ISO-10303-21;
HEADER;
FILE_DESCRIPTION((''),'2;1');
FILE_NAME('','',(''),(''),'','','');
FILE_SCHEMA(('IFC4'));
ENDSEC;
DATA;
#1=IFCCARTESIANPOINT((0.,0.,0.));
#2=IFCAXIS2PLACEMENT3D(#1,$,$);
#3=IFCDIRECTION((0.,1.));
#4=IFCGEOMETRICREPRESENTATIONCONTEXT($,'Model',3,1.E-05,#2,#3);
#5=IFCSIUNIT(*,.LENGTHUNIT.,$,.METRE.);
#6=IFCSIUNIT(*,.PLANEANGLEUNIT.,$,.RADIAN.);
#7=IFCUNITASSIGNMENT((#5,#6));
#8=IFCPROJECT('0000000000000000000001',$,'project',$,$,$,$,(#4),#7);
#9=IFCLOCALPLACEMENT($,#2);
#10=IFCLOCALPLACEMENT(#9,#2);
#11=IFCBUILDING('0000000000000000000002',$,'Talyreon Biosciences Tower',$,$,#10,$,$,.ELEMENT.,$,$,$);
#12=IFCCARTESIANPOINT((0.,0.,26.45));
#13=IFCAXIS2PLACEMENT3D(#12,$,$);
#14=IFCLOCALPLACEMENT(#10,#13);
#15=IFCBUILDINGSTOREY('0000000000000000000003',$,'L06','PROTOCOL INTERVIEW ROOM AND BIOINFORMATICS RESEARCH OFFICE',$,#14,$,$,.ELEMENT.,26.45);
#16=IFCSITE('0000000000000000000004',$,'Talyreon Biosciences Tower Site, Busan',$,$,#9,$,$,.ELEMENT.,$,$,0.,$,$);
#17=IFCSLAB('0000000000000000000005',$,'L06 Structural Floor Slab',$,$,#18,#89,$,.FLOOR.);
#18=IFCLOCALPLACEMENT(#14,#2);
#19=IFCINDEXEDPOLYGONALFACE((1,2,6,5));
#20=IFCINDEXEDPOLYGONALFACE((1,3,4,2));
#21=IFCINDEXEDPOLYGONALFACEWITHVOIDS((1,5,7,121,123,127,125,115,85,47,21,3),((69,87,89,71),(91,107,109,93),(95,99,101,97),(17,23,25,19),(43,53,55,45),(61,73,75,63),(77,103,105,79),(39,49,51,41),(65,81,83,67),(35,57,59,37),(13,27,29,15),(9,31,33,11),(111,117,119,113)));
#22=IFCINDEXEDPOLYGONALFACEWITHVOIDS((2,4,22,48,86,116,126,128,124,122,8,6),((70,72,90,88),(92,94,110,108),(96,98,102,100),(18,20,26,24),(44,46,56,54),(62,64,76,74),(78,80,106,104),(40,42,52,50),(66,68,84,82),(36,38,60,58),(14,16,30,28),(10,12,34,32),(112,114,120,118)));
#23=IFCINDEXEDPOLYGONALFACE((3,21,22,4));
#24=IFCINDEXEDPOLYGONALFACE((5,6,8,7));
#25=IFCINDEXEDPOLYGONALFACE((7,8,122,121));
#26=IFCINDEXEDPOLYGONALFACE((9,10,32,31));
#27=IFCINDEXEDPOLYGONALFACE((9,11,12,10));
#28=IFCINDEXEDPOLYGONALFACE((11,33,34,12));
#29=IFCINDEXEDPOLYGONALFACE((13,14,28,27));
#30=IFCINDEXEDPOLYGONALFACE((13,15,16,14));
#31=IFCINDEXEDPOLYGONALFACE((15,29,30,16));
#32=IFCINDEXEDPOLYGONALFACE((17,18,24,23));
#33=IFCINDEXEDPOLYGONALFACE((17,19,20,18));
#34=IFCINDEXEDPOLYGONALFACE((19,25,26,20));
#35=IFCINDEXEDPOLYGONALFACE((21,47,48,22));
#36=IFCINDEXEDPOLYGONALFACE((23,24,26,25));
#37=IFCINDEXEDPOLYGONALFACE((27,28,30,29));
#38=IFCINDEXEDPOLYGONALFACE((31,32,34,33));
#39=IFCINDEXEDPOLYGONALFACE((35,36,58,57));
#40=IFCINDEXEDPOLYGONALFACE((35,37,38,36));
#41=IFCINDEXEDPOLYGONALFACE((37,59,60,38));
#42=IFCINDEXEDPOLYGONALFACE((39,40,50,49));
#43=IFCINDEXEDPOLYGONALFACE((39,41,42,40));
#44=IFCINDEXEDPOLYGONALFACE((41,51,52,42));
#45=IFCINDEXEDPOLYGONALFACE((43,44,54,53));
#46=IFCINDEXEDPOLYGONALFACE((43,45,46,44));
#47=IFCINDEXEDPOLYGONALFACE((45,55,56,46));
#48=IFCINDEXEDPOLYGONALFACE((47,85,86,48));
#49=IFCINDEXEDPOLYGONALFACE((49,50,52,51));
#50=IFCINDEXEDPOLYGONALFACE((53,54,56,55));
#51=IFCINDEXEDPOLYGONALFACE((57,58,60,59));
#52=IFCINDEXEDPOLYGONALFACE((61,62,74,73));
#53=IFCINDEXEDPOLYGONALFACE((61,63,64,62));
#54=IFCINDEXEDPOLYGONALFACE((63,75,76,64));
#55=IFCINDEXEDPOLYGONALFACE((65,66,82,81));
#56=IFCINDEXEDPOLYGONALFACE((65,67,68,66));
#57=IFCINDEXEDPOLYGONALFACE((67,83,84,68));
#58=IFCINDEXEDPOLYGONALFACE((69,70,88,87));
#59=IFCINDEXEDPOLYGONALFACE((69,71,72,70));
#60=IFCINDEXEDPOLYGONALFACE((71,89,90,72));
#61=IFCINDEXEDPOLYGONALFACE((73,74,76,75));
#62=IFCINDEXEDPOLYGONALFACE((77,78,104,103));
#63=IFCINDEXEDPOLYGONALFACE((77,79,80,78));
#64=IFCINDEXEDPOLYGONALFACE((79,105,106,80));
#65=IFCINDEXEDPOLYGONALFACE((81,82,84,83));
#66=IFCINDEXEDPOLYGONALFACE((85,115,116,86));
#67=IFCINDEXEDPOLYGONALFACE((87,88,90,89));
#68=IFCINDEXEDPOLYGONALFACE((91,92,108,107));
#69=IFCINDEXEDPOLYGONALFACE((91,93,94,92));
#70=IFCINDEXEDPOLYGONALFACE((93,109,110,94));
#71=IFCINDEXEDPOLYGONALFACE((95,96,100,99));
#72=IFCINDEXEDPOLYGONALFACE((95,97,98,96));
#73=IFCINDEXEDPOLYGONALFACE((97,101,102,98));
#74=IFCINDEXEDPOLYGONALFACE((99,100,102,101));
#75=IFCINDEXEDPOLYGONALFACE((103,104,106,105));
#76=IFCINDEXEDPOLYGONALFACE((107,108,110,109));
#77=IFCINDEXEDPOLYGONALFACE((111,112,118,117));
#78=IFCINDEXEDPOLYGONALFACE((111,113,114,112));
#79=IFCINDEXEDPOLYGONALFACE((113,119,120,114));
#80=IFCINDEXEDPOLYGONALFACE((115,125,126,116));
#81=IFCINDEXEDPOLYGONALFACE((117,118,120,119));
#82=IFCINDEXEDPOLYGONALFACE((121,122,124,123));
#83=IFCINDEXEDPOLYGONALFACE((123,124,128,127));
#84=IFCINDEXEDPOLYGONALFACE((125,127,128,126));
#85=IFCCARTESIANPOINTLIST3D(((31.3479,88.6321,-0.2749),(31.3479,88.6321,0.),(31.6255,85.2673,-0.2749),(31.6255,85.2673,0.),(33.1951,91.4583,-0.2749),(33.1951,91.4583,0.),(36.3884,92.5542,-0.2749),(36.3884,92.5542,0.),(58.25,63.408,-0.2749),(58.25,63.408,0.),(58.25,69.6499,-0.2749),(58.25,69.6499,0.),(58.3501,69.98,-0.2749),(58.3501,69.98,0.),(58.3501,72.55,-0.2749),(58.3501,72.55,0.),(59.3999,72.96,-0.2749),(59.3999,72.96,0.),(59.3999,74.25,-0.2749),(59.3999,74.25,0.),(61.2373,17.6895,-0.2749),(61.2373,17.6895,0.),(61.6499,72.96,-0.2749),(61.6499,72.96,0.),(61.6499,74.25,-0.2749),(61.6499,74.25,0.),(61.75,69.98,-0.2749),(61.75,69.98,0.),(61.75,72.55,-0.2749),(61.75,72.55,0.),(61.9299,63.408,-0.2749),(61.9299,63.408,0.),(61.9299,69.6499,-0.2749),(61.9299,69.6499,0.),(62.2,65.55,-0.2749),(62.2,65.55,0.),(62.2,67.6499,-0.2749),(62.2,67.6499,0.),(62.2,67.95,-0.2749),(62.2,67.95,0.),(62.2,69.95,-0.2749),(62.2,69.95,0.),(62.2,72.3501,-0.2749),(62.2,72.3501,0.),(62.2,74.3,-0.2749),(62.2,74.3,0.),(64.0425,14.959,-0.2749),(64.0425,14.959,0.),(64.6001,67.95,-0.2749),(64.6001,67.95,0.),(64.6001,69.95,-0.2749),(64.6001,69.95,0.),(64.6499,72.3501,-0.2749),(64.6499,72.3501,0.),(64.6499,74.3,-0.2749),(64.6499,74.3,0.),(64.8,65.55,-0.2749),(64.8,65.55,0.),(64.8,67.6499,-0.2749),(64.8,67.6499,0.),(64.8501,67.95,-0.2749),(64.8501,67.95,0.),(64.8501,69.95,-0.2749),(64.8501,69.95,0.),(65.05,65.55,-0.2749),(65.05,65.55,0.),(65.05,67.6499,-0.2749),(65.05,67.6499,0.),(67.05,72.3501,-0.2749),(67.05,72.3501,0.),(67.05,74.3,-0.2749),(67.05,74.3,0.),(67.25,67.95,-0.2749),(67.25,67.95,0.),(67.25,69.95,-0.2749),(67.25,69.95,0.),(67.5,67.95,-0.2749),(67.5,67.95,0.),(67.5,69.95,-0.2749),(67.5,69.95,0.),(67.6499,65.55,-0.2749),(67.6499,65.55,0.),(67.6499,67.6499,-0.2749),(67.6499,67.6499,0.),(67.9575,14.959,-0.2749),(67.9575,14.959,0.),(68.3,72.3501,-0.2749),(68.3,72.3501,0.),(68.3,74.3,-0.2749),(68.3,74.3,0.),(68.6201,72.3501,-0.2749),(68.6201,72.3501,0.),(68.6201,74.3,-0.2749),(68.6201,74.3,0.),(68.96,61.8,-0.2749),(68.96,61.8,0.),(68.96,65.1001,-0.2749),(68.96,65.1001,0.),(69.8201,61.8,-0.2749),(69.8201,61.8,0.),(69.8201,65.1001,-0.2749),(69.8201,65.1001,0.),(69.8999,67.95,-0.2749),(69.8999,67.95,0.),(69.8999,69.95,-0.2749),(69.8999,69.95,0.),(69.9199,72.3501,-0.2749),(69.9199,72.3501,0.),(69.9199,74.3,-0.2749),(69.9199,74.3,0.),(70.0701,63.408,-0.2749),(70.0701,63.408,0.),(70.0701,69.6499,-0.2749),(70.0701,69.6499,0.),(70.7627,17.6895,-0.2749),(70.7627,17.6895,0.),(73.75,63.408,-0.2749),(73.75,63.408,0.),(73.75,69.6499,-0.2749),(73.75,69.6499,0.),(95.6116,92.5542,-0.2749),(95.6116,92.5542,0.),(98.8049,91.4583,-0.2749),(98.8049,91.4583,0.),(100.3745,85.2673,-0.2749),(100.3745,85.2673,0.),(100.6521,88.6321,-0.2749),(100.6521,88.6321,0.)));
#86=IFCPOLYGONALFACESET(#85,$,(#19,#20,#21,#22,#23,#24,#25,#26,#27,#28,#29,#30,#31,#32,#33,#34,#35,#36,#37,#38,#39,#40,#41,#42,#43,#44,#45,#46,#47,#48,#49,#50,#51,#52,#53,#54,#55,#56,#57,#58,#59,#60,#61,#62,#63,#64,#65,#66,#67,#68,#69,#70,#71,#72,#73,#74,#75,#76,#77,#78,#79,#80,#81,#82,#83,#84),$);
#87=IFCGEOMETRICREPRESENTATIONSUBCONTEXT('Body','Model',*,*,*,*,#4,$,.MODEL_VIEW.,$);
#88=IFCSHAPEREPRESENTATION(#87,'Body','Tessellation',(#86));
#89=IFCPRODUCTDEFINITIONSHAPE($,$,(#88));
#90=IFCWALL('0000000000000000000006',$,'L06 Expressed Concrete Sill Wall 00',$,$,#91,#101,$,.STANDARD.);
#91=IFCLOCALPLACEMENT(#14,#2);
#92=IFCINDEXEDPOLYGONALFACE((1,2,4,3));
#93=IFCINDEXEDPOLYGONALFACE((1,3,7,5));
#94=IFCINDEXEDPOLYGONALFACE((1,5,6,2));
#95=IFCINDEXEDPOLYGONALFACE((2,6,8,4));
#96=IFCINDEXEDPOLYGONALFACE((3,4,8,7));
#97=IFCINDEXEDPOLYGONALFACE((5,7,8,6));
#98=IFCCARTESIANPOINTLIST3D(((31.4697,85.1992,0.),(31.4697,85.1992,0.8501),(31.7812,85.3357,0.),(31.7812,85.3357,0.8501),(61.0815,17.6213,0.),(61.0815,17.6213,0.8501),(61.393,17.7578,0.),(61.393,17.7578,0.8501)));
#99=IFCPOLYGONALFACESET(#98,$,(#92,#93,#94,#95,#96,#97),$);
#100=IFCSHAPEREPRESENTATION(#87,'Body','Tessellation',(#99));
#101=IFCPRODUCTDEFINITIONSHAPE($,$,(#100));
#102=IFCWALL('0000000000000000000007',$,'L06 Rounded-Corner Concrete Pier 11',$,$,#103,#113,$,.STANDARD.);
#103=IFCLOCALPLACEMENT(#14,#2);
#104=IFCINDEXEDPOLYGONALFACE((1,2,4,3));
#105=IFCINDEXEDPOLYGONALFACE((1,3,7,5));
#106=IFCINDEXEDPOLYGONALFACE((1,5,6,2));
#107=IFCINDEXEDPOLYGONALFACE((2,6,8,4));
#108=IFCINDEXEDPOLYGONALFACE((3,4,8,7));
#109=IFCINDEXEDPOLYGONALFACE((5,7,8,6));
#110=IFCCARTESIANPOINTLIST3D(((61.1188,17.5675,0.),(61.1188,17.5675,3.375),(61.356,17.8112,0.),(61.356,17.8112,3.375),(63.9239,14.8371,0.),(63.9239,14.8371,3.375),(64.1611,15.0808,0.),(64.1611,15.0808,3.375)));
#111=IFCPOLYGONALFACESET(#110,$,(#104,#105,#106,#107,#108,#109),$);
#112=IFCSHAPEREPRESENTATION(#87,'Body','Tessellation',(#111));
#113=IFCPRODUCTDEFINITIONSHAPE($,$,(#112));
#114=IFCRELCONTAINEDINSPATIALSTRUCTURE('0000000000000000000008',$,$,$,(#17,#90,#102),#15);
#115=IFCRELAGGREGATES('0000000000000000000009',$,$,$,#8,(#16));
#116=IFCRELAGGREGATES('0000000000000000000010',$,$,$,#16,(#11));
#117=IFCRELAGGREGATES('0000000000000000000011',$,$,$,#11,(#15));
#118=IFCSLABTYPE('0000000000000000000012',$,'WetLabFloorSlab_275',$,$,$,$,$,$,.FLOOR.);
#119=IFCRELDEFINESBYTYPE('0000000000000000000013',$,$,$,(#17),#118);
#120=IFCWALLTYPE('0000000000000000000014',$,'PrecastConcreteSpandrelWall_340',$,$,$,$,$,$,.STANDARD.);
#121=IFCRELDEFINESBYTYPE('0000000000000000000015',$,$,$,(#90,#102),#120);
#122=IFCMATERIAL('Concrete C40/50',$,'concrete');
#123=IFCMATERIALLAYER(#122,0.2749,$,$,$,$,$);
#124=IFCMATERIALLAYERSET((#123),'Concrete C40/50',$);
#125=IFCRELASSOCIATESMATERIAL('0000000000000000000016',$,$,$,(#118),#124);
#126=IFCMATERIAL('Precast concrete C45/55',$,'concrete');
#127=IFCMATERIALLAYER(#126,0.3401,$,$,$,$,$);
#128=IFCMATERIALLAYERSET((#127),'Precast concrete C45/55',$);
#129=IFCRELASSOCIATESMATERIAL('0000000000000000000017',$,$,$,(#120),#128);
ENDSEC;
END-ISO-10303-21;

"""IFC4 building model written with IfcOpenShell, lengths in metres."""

from ifc_helpers import new_model, si_unit, direction, frame, frame_2d, origin, place, context, subcontext, project, spatial, polyline, rectangle, outline, extrude, material, layer, layer_set, type_object, element, save


model = new_model("IFC4")

# Units and contexts
model_context = context("Model", 3, precision=1e-05, world=origin(), true_north=direction((0.0, 1.0)))
body_context = subcontext(model_context, "Body", "Model", "MODEL_VIEW")
ifc_project = project(units=[si_unit("LENGTHUNIT", "METRE"), si_unit("PLANEANGLEUNIT", "RADIAN")], contexts=[model_context])

# Site, building, storey
site_placement = place(None, origin())
site = spatial("IfcSite", under=ifc_project, at=site_placement, Name="Talyreon Biosciences Tower Site, Busan", CompositionType="ELEMENT", RefElevation=0.0)
building_placement = place(site_placement, origin())
building = spatial("IfcBuilding", under=site, at=building_placement, Name="Talyreon Biosciences Tower", CompositionType="ELEMENT")
storey_placement = place(building_placement, frame((0.0, 0.0, 26.45)))
storey = spatial("IfcBuildingStorey", under=building, at=storey_placement, Name="L06", Description="PROTOCOL INTERVIEW ROOM AND BIOINFORMATICS RESEARCH OFFICE", CompositionType="ELEMENT", Elevation=26.45)

# Shared definitions
ifc_material_1 = material(Name="Precast concrete C45/55", Category="concrete")

# Shared definitions
ifc_material_2 = material(Name="Concrete C40/50", Category="concrete")

# Slab
ifc_layer_1 = layer(ifc_material_2, 0.2749)
ifc_layer_set_1 = layer_set([ifc_layer_1], Name="Concrete C40/50")
slab_type_1 = type_object("IfcSlabType", Name="WetLabFloorSlab_275", PredefinedType="FLOOR", material=ifc_layer_set_1)
slab_1_placement = place(storey_placement, frame((0.0, 0.0, -0.2749)))
element("IfcSlab", 1, at=slab_1_placement, inside=storey, type_object=slab_type_1, Name="L06 Structural Floor Slab", PredefinedType="FLOOR", context=body_context, shape_type="SweptSolid", body=[
    extrude(outline(polyline([(61.2373, 17.6895), (31.6255, 85.2673), (31.3479, 88.6321), (33.1951, 91.4583), (36.3884, 92.5542), (95.6116, 92.5542), (98.8049, 91.4583), (100.6521, 88.6321), (100.3745, 85.2673), (70.7627, 17.6895), (67.9575, 14.959), (64.0425, 14.959), (61.2373, 17.6895)]), holes=[polyline([(61.9299, 69.6499), (61.9299, 63.408), (58.25, 63.408), (58.25, 69.6499), (61.9299, 69.6499)]), polyline([(64.8, 65.55), (62.2, 65.55), (62.2, 67.6499), (64.8, 67.6499), (64.8, 65.55)]), polyline([(64.6001, 67.95), (62.2, 67.95), (62.2, 69.95), (64.6001, 69.95), (64.6001, 67.95)]), polyline([(67.25, 69.95), (67.25, 67.95), (64.8501, 67.95), (64.8501, 69.95), (67.25, 69.95)]), polyline([(61.75, 69.98), (58.3501, 69.98), (58.3501, 72.55), (61.75, 72.55), (61.75, 69.98)]), polyline([(64.6499, 72.3501), (62.2, 72.3501), (62.2, 74.3), (64.6499, 74.3), (64.6499, 72.3501)]), polyline([(61.6499, 74.25), (61.6499, 72.96), (59.3999, 72.96), (59.3999, 74.25), (61.6499, 74.25)]), polyline([(69.8201, 61.8), (68.96, 61.8), (68.96, 65.1001), (69.8201, 65.1001), (69.8201, 61.8)]), polyline([(73.75, 63.408), (70.0701, 63.408), (70.0701, 69.6499), (73.75, 69.6499), (73.75, 63.408)]), polyline([(67.6499, 65.55), (65.05, 65.55), (65.05, 67.6499), (67.6499, 67.6499), (67.6499, 65.55)]), polyline([(69.8999, 67.95), (67.5, 67.95), (67.5, 69.95), (69.8999, 69.95), (69.8999, 67.95)]), polyline([(68.3, 72.3501), (67.05, 72.3501), (67.05, 74.3), (68.3, 74.3), (68.3, 72.3501)]), polyline([(69.9199, 72.3501), (68.6201, 72.3501), (68.6201, 74.3), (69.9199, 74.3), (69.9199, 72.3501)])]), origin(), (0.0, 0.0, 1.0), 0.2749),
])

# Walls
ifc_layer_2 = layer(ifc_material_1, 0.3401)
ifc_layer_set_2 = layer_set([ifc_layer_2], Name="Precast concrete C45/55")
wall_type = type_object("IfcWallType", Name="PrecastConcreteSpandrelWall_340", PredefinedType="STANDARD", material=ifc_layer_set_2)
wall_1_placement = place(storey_placement, frame((61.2373, 17.6895, 0.0), z_axis=(0.0, 0.0, 1.0), x_axis=(-0.401348, 0.915926, 0.0)))
element("IfcWall", 2, at=wall_1_placement, inside=storey, type_object=wall_type, Name="L06 Expressed Concrete Sill Wall 00", PredefinedType="STANDARD", context=body_context, shape_type="SweptSolid", body=[
    extrude(rectangle(XDim=73.781, YDim=0.3401, at=frame_2d((36.8906, 0.0))), origin(), (0.0, 0.0, 1.0), 0.8501),
])
wall_2_placement = place(storey_placement, frame((64.0425, 14.959, 0.0), z_axis=(0.0, 0.0, 1.0), x_axis=(-0.716584, 0.6975, 0.0)))
element("IfcWall", 3, at=wall_2_placement, inside=storey, type_object=wall_type, Name="L06 Rounded-Corner Concrete Pier 11", PredefinedType="STANDARD", context=body_context, shape_type="SweptSolid", body=[
    extrude(rectangle(XDim=3.9146, YDim=0.3401, at=frame_2d((1.9573, 0.0))), origin(), (0.0, 0.0, 1.0), 3.375),
])

save(model, "model.ifc")
